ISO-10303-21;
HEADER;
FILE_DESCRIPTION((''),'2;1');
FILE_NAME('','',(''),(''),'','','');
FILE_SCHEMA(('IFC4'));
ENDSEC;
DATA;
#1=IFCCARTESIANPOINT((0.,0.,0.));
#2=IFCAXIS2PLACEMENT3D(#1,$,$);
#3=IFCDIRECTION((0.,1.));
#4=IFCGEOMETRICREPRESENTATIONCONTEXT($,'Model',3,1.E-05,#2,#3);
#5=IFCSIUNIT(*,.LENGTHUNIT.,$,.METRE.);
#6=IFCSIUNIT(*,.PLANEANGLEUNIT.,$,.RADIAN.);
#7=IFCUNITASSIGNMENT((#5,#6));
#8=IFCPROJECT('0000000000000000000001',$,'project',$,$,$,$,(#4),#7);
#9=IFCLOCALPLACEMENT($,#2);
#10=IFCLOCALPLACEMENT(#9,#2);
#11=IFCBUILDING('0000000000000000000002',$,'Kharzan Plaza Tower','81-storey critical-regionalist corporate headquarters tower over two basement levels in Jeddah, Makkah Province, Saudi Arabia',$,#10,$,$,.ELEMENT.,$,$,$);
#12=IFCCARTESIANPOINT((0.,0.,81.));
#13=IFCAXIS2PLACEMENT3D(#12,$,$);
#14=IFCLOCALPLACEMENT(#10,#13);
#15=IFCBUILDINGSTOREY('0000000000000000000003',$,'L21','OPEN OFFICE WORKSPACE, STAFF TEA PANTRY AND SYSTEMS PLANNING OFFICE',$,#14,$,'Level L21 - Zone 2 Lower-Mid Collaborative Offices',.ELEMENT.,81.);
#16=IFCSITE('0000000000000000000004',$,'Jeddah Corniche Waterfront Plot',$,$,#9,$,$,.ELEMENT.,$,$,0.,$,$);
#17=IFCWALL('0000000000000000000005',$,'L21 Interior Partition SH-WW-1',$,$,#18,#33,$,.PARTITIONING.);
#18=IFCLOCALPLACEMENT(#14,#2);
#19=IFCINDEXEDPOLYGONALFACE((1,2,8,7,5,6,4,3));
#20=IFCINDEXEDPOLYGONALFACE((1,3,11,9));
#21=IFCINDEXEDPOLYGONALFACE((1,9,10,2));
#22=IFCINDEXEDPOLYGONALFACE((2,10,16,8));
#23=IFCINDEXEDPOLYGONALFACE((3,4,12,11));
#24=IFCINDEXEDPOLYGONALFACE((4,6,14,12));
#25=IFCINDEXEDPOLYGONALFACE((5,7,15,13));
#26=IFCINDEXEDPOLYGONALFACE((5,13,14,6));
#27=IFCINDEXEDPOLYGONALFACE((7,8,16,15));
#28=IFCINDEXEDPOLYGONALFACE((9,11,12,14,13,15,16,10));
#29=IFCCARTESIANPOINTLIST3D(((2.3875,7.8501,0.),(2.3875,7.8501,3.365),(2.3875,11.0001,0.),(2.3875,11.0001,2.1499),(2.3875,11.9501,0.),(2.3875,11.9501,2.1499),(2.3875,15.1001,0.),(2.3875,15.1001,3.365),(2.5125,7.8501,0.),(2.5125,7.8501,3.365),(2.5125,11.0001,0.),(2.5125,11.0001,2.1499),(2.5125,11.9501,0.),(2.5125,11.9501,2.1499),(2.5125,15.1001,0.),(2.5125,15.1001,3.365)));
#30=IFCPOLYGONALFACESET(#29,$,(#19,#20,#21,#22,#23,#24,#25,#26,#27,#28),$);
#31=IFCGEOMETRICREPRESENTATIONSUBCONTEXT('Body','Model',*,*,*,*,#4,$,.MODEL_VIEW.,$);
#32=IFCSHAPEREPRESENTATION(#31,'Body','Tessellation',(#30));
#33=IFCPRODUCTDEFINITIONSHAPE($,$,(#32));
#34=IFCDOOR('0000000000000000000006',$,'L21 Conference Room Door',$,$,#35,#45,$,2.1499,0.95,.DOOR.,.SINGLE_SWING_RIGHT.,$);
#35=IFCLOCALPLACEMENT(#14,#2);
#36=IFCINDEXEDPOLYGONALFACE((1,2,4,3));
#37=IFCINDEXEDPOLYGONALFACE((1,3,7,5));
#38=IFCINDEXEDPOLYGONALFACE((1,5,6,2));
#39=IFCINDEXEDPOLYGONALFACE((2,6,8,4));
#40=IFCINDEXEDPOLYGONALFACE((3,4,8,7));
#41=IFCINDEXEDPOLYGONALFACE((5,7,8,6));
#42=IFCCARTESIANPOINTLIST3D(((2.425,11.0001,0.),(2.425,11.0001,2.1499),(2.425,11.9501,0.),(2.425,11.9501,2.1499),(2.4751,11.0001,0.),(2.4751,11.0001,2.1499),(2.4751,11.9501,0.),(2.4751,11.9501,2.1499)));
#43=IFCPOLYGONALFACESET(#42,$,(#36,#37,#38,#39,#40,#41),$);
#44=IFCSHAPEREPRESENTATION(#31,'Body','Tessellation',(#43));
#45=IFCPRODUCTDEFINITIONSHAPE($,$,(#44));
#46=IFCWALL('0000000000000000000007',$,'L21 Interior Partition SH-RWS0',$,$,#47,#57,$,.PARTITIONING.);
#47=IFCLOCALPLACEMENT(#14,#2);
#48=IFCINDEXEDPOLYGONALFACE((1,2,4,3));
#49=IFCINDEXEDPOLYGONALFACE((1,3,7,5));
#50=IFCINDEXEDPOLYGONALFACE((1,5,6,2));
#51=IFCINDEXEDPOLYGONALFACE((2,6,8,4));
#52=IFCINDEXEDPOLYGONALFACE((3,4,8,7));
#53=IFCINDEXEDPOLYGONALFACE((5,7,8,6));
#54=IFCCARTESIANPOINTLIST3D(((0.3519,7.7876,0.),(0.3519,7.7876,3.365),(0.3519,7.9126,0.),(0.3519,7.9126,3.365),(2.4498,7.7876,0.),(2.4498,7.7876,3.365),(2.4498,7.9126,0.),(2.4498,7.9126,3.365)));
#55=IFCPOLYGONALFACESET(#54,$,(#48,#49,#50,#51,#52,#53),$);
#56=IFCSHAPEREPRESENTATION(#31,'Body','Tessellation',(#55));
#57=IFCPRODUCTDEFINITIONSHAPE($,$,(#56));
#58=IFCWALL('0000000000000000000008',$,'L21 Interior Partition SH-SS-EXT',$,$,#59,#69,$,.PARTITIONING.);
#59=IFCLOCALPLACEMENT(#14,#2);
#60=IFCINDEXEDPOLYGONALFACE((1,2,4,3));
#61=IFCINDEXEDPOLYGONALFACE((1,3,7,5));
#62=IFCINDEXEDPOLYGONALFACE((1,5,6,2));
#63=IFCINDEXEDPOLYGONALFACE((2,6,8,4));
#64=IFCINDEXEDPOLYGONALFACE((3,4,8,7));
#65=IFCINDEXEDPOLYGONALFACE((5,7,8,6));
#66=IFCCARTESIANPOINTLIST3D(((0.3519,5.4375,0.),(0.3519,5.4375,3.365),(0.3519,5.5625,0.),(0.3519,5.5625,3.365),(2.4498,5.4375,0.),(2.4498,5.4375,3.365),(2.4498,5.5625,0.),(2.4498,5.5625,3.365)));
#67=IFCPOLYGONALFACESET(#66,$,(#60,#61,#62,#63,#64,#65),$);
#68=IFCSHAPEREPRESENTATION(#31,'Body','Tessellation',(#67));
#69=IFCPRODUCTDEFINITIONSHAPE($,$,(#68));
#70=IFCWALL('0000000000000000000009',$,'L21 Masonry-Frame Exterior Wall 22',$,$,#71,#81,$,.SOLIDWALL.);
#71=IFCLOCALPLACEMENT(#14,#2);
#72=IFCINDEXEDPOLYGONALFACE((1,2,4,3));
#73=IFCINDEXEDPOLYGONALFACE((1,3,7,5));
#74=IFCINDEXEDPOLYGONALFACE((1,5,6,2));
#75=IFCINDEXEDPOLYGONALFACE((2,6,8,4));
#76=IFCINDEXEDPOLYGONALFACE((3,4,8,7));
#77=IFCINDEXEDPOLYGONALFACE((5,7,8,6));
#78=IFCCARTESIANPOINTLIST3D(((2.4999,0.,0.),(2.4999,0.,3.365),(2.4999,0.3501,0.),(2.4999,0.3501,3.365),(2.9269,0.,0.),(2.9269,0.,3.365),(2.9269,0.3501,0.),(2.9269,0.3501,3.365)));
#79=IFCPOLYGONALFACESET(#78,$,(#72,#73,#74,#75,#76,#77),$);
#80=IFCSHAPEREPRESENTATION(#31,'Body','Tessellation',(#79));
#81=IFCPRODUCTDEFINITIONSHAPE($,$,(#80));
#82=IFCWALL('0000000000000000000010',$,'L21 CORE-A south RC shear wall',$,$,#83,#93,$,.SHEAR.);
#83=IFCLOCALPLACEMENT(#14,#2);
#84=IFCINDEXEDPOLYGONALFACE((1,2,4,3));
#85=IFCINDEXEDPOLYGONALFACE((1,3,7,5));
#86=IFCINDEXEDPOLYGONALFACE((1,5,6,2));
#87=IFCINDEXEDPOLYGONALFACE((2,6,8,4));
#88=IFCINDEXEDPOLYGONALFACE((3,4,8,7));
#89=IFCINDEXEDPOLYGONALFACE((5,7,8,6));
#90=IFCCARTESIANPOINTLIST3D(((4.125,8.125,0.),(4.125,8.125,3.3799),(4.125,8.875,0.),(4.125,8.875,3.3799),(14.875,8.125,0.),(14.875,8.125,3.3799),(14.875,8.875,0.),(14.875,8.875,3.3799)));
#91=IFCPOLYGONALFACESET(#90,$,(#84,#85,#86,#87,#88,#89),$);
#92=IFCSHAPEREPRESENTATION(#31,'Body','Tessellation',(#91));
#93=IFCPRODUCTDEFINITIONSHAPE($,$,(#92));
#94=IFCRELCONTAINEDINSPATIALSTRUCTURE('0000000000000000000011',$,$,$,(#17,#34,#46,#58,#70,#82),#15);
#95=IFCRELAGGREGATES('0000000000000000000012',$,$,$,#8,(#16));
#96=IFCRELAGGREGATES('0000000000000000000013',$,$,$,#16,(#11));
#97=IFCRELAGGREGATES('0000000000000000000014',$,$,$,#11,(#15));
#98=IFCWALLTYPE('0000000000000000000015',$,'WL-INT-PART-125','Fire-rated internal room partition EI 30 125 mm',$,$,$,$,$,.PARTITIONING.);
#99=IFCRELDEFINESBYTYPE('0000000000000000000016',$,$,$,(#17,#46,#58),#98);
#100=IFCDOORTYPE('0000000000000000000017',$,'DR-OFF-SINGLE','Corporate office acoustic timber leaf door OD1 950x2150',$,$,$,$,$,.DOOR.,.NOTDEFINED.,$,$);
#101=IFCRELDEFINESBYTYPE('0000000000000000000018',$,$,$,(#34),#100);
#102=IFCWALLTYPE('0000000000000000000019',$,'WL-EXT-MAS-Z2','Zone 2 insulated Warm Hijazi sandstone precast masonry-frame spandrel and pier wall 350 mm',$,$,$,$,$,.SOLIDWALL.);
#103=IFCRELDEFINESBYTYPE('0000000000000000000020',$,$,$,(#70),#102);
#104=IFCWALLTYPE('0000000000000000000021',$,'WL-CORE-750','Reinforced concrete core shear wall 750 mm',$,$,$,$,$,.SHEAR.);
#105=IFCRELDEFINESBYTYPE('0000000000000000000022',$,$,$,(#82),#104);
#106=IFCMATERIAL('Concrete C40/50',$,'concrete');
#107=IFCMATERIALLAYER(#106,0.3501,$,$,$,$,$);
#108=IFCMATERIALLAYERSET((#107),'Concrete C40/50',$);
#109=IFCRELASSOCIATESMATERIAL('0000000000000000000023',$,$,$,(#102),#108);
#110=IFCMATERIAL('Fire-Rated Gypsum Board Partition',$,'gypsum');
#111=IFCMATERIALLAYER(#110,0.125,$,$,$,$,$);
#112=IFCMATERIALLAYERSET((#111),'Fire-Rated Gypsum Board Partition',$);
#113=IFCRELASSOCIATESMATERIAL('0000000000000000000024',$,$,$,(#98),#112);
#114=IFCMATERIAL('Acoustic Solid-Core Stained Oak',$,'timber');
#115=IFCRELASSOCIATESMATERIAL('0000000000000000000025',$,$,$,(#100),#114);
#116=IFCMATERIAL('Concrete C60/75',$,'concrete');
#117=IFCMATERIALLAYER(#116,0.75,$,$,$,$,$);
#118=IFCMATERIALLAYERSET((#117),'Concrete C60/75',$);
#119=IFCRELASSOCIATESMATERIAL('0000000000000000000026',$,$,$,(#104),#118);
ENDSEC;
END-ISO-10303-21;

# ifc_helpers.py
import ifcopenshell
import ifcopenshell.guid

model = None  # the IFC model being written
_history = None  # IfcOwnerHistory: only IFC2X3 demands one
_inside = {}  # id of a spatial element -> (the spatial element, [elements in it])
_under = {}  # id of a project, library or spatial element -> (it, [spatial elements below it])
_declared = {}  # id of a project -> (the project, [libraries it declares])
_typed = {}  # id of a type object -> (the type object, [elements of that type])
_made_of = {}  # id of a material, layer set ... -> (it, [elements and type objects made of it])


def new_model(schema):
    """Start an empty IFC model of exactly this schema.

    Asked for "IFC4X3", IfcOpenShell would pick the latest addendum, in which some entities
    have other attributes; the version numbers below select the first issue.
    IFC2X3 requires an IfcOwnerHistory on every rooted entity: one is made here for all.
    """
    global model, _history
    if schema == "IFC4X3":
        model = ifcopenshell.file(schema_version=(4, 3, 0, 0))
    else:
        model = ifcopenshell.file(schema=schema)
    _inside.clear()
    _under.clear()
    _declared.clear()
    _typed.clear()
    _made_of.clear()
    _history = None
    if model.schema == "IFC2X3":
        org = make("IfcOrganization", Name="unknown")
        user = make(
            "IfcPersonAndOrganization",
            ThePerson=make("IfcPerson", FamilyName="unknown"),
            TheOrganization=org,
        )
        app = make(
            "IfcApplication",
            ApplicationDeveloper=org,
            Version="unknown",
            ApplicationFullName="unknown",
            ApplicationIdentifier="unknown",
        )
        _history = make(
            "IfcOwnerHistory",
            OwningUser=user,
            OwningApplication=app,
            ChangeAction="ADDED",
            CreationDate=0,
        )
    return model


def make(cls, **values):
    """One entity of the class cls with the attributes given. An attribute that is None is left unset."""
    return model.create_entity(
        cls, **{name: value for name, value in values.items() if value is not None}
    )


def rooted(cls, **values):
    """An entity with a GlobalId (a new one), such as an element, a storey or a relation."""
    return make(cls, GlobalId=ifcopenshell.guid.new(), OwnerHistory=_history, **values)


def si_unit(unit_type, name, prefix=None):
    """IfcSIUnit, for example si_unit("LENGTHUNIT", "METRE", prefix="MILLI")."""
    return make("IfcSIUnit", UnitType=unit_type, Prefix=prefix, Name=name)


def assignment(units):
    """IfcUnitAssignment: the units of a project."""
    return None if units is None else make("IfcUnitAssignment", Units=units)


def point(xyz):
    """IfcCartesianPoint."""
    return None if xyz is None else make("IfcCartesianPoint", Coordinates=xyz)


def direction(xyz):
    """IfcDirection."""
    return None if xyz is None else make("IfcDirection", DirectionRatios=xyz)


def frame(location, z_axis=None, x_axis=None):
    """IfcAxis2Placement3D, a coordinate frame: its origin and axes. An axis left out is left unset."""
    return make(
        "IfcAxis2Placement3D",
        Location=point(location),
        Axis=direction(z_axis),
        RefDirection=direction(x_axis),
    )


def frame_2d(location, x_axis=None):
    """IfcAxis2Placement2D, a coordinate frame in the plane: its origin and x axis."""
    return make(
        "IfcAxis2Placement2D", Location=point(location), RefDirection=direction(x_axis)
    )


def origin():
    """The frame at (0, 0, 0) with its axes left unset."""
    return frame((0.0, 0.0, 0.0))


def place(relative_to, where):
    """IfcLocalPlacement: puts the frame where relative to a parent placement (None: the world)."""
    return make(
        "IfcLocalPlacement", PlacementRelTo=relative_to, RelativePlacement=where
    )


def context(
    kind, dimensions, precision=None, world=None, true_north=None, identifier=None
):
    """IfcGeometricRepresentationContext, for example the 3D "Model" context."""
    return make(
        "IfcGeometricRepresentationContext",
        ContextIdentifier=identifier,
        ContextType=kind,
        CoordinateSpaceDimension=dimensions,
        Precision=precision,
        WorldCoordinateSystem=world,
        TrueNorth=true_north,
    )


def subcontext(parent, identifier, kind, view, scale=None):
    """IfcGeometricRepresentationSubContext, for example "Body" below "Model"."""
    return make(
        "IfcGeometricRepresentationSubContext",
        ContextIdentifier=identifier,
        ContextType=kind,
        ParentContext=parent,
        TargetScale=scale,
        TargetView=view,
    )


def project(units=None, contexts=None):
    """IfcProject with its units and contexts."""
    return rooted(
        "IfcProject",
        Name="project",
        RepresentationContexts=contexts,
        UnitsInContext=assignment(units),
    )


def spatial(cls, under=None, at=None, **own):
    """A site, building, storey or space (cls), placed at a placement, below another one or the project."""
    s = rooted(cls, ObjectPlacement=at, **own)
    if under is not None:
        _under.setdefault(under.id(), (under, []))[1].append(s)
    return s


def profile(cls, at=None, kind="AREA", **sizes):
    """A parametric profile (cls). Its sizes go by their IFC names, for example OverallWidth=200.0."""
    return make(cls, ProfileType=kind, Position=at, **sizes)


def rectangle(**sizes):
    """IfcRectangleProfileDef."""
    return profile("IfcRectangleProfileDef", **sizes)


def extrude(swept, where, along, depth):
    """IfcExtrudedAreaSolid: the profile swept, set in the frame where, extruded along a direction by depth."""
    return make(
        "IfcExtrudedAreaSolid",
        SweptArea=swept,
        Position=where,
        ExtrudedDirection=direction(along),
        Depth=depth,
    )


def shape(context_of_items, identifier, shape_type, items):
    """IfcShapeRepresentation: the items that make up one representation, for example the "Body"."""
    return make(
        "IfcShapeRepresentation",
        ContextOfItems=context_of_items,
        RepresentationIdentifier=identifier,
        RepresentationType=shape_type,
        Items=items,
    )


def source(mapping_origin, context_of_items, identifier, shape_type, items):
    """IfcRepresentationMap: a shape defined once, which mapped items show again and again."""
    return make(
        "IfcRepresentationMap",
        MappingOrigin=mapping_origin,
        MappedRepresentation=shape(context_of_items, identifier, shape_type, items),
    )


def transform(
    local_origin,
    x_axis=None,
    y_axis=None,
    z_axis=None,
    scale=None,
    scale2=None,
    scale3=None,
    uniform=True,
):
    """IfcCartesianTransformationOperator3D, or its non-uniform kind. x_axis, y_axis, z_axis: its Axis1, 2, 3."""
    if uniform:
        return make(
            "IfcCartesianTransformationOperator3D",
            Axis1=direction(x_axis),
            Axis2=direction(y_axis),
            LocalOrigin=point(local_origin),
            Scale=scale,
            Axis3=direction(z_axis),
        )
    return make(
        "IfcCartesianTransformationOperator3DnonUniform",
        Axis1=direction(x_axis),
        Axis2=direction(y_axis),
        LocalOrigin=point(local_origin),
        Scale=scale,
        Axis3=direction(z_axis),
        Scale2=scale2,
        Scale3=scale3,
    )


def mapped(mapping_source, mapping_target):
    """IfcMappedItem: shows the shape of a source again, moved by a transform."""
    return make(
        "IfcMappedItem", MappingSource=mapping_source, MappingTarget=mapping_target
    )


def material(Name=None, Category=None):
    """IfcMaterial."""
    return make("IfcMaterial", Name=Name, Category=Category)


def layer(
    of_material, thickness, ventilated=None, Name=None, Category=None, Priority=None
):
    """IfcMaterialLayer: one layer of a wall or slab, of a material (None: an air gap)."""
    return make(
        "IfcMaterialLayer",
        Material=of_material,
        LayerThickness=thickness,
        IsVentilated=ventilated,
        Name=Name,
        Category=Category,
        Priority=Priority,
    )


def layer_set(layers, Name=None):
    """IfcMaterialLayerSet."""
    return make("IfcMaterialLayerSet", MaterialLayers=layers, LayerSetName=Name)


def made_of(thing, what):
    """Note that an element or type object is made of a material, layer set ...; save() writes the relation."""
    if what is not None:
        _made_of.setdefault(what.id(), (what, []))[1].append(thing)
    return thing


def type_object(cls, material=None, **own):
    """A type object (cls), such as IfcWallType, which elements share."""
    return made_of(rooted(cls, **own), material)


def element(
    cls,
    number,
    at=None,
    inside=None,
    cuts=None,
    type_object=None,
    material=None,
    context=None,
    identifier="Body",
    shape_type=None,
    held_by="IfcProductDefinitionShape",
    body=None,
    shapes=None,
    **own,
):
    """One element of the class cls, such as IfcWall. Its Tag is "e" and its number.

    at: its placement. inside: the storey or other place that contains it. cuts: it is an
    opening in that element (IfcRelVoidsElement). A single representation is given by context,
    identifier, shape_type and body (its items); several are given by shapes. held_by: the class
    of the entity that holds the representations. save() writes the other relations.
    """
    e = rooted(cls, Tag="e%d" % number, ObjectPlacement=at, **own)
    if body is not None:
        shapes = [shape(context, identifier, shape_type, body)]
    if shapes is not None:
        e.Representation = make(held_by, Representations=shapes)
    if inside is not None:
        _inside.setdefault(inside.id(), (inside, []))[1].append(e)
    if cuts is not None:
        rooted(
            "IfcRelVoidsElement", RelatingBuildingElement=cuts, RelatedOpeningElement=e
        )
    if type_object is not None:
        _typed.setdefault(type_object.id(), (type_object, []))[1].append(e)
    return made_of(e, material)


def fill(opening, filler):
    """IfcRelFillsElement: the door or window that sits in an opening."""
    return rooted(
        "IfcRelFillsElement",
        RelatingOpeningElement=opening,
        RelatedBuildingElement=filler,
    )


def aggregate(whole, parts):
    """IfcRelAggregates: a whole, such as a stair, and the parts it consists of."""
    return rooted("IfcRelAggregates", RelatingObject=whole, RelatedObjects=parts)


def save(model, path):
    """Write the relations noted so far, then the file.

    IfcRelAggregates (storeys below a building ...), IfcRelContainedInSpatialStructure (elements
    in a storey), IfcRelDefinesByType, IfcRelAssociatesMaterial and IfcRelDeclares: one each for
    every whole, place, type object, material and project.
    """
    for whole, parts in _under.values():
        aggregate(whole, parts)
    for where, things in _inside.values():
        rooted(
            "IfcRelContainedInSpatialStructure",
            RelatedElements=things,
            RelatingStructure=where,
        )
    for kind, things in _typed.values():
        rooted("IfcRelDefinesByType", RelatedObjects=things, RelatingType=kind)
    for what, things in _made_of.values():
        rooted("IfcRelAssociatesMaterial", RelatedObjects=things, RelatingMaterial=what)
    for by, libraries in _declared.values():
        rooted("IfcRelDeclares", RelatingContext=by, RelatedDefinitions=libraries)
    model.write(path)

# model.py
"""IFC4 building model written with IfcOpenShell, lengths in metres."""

from ifc_helpers import new_model, si_unit, direction, frame, frame_2d, origin, place, context, subcontext, project, spatial, rectangle, extrude, source, transform, mapped, material, layer, layer_set, type_object, element, fill, save


model = new_model("IFC4")

# Units and contexts
model_context = context("Model", 3, precision=1e-05, world=origin(), true_north=direction((0.0, 1.0)))
body_context = subcontext(model_context, "Body", "Model", "MODEL_VIEW")
ifc_project = project(units=[si_unit("LENGTHUNIT", "METRE"), si_unit("PLANEANGLEUNIT", "RADIAN")], contexts=[model_context])

# Site, building, storey
site_placement = place(None, origin())
site = spatial("IfcSite", under=ifc_project, at=site_placement, Name="Jeddah Corniche Waterfront Plot", CompositionType="ELEMENT", RefElevation=0.0)
building_placement = place(site_placement, origin())
building = spatial("IfcBuilding", under=site, at=building_placement, Name="Kharzan Plaza Tower", Description="81-storey critical-regionalist corporate headquarters tower over two basement levels in Jeddah, Makkah Province, Saudi Arabia", CompositionType="ELEMENT")
storey_placement = place(building_placement, frame((0.0, 0.0, 81.0)))
storey = spatial("IfcBuildingStorey", under=building, at=storey_placement, Name="L21", Description="OPEN OFFICE WORKSPACE, STAFF TEA PANTRY AND SYSTEMS PLANNING OFFICE", LongName="Level L21 - Zone 2 Lower-Mid Collaborative Offices", CompositionType="ELEMENT", Elevation=81.0)

# Shared definitions
ifc_material_1 = material(Name="Concrete C60/75", Category="concrete")

# Shared definitions
ifc_material_2 = material(Name="Concrete C40/50", Category="concrete")

# Shared definitions
ifc_layer_1 = layer(ifc_material_2, 0.3501)
ifc_layer_set_1 = layer_set([ifc_layer_1], Name="Concrete C40/50")
wall_type_1 = type_object("IfcWallType", Name="WL-EXT-MAS-Z2", Description="Zone 2 insulated Warm Hijazi sandstone precast masonry-frame spandrel and pier wall 350 mm", PredefinedType="SOLIDWALL", material=ifc_layer_set_1)

# Wall, opening, door
ifc_material_3 = material(Name="Fire-Rated Gypsum Board Partition", Category="gypsum")
ifc_layer_2 = layer(ifc_material_3, 0.125)
ifc_layer_set_2 = layer_set([ifc_layer_2], Name="Fire-Rated Gypsum Board Partition")
wall_type_2 = type_object("IfcWallType", Name="WL-INT-PART-125", Description="Fire-rated internal room partition EI 30 125 mm", PredefinedType="PARTITIONING", material=ifc_layer_set_2)
ifc_material_4 = material(Name="Acoustic Solid-Core Stained Oak", Category="timber")
door_type = type_object("IfcDoorType", Name="DR-OFF-SINGLE", Description="Corporate office acoustic timber leaf door OD1 950x2150", OperationType="NOTDEFINED", PredefinedType="DOOR", material=ifc_material_4)
shared_shape_1 = source(origin(), body_context, "Body", "SweptSolid", [
    extrude(rectangle(XDim=0.95, YDim=2.1499, at=frame_2d((0.4751, 1.075))), frame((0.0, 0.0249, 0.0), z_axis=(0.0, -1.0, 0.0), x_axis=(1.0, 0.0, 0.0)), (0.0, 0.0, 1.0), 0.05),
])
wall_1_placement = place(storey_placement, frame((2.45, 7.8501, 0.0), z_axis=(0.0, 0.0, 1.0), x_axis=(0.0, 1.0, 0.0)))
wall_1 = element("IfcWall", 1, at=wall_1_placement, inside=storey, type_object=wall_type_2, Name="L21 Interior Partition SH-WW-1", PredefinedType="PARTITIONING", context=body_context, shape_type="SweptSolid", body=[
    extrude(rectangle(XDim=7.25, YDim=0.125, at=frame_2d((3.625, 0.0))), origin(), (0.0, 0.0, 1.0), 3.365),
])
opening_1_placement = place(wall_1_placement, frame((3.1499, 0.0, 0.0)))
opening_1 = element("IfcOpeningElement", 2, at=opening_1_placement, cuts=wall_1, PredefinedType="OPENING", context=body_context, shape_type="SweptSolid", body=[
    extrude(rectangle(XDim=0.95, YDim=2.1499, at=frame_2d((0.4751, 1.075))), frame((0.0, 0.0725, 0.0), z_axis=(0.0, -1.0, 0.0), x_axis=(1.0, 0.0, 0.0)), (0.0, 0.0, 1.0), 0.145),
])
door_1_placement = place(opening_1_placement, origin())
door_1 = element("IfcDoor", 3, at=door_1_placement, inside=storey, type_object=door_type, Name="L21 Conference Room Door", OperationType="SINGLE_SWING_RIGHT", OverallHeight=2.1499, OverallWidth=0.95, PredefinedType="DOOR", context=body_context, shape_type="MappedRepresentation", body=[
    mapped(shared_shape_1, transform((0.0, 0.0, 0.0), x_axis=(1.0, 0.0, 0.0), y_axis=(0.0, 1.0, 0.0), z_axis=(0.0, 0.0, 1.0))),
])
fill(opening_1, door_1)

# Walls
shared_shape_2 = source(origin(), body_context, "Body", "SweptSolid", [
    extrude(rectangle(XDim=2.0979, YDim=0.125, at=frame_2d((1.0488, 0.0))), origin(), (0.0, 0.0, 1.0), 3.365),
])
for number, where, z_axis, x_axis, name in (
    (4, (0.3521, 7.8501, 0.0), (0.0, 0.0, 1.0), (1.0, 0.0, 0.0), "L21 Interior Partition SH-RWS0"),
    (5, (0.3521, 5.5, 0.0), (0.0, 0.0, 1.0), (1.0, 0.0, 0.0), "L21 Interior Partition SH-SS-EXT"),
):
    element("IfcWall", number, at=place(storey_placement, frame(where, z_axis=z_axis, x_axis=x_axis)), inside=storey, type_object=wall_type_2, Name=name, PredefinedType="PARTITIONING", context=body_context, shape_type="MappedRepresentation", body=[
        mapped(shared_shape_2, transform((0.0, 0.0, 0.0), x_axis=(1.0, 0.0, 0.0), y_axis=(0.0, 1.0, 0.0), z_axis=(0.0, 0.0, 1.0))),
    ])
shared_shape_3 = source(origin(), body_context, "Body", "SweptSolid", [
    extrude(rectangle(XDim=0.427, YDim=0.3501, at=frame_2d((0.2134, 0.0))), origin(), (0.0, 0.0, 1.0), 3.365),
])
wall_2_placement = place(storey_placement, frame((2.5, 0.175, 0.0), z_axis=(0.0, 0.0, 1.0), x_axis=(1.0, 0.0, 0.0)))
element("IfcWall", 6, at=wall_2_placement, inside=storey, type_object=wall_type_1, Name="L21 Masonry-Frame Exterior Wall 22", PredefinedType="SOLIDWALL", context=body_context, shape_type="MappedRepresentation", body=[
    mapped(shared_shape_3, transform((0.0, 0.0, 0.0), x_axis=(1.0, 0.0, 0.0), y_axis=(0.0, 1.0, 0.0), z_axis=(0.0, 0.0, 1.0))),
])
ifc_layer_3 = layer(ifc_material_1, 0.75)
ifc_layer_set_3 = layer_set([ifc_layer_3], Name="Concrete C60/75")
wall_type_3 = type_object("IfcWallType", Name="WL-CORE-750", Description="Reinforced concrete core shear wall 750 mm", PredefinedType="SHEAR", material=ifc_layer_set_3)
shared_shape_4 = source(origin(), body_context, "Body", "SweptSolid", [
    extrude(rectangle(XDim=10.75, YDim=0.75, at=frame_2d((5.375, 0.0))), origin(), (0.0, 0.0, 1.0), 3.3799),
])
wall_3_placement = place(storey_placement, frame((4.125, 8.5, 0.0), z_axis=(0.0, 0.0, 1.0), x_axis=(1.0, 0.0, 0.0)))
element("IfcWall", 7, at=wall_3_placement, inside=storey, type_object=wall_type_3, Name="L21 CORE-A south RC shear wall", PredefinedType="SHEAR", context=body_context, shape_type="MappedRepresentation", body=[
    mapped(shared_shape_4, transform((0.0, 0.0, 0.0), x_axis=(1.0, 0.0, 0.0), y_axis=(0.0, 1.0, 0.0), z_axis=(0.0, 0.0, 1.0))),
])

save(model, "model.ifc")
